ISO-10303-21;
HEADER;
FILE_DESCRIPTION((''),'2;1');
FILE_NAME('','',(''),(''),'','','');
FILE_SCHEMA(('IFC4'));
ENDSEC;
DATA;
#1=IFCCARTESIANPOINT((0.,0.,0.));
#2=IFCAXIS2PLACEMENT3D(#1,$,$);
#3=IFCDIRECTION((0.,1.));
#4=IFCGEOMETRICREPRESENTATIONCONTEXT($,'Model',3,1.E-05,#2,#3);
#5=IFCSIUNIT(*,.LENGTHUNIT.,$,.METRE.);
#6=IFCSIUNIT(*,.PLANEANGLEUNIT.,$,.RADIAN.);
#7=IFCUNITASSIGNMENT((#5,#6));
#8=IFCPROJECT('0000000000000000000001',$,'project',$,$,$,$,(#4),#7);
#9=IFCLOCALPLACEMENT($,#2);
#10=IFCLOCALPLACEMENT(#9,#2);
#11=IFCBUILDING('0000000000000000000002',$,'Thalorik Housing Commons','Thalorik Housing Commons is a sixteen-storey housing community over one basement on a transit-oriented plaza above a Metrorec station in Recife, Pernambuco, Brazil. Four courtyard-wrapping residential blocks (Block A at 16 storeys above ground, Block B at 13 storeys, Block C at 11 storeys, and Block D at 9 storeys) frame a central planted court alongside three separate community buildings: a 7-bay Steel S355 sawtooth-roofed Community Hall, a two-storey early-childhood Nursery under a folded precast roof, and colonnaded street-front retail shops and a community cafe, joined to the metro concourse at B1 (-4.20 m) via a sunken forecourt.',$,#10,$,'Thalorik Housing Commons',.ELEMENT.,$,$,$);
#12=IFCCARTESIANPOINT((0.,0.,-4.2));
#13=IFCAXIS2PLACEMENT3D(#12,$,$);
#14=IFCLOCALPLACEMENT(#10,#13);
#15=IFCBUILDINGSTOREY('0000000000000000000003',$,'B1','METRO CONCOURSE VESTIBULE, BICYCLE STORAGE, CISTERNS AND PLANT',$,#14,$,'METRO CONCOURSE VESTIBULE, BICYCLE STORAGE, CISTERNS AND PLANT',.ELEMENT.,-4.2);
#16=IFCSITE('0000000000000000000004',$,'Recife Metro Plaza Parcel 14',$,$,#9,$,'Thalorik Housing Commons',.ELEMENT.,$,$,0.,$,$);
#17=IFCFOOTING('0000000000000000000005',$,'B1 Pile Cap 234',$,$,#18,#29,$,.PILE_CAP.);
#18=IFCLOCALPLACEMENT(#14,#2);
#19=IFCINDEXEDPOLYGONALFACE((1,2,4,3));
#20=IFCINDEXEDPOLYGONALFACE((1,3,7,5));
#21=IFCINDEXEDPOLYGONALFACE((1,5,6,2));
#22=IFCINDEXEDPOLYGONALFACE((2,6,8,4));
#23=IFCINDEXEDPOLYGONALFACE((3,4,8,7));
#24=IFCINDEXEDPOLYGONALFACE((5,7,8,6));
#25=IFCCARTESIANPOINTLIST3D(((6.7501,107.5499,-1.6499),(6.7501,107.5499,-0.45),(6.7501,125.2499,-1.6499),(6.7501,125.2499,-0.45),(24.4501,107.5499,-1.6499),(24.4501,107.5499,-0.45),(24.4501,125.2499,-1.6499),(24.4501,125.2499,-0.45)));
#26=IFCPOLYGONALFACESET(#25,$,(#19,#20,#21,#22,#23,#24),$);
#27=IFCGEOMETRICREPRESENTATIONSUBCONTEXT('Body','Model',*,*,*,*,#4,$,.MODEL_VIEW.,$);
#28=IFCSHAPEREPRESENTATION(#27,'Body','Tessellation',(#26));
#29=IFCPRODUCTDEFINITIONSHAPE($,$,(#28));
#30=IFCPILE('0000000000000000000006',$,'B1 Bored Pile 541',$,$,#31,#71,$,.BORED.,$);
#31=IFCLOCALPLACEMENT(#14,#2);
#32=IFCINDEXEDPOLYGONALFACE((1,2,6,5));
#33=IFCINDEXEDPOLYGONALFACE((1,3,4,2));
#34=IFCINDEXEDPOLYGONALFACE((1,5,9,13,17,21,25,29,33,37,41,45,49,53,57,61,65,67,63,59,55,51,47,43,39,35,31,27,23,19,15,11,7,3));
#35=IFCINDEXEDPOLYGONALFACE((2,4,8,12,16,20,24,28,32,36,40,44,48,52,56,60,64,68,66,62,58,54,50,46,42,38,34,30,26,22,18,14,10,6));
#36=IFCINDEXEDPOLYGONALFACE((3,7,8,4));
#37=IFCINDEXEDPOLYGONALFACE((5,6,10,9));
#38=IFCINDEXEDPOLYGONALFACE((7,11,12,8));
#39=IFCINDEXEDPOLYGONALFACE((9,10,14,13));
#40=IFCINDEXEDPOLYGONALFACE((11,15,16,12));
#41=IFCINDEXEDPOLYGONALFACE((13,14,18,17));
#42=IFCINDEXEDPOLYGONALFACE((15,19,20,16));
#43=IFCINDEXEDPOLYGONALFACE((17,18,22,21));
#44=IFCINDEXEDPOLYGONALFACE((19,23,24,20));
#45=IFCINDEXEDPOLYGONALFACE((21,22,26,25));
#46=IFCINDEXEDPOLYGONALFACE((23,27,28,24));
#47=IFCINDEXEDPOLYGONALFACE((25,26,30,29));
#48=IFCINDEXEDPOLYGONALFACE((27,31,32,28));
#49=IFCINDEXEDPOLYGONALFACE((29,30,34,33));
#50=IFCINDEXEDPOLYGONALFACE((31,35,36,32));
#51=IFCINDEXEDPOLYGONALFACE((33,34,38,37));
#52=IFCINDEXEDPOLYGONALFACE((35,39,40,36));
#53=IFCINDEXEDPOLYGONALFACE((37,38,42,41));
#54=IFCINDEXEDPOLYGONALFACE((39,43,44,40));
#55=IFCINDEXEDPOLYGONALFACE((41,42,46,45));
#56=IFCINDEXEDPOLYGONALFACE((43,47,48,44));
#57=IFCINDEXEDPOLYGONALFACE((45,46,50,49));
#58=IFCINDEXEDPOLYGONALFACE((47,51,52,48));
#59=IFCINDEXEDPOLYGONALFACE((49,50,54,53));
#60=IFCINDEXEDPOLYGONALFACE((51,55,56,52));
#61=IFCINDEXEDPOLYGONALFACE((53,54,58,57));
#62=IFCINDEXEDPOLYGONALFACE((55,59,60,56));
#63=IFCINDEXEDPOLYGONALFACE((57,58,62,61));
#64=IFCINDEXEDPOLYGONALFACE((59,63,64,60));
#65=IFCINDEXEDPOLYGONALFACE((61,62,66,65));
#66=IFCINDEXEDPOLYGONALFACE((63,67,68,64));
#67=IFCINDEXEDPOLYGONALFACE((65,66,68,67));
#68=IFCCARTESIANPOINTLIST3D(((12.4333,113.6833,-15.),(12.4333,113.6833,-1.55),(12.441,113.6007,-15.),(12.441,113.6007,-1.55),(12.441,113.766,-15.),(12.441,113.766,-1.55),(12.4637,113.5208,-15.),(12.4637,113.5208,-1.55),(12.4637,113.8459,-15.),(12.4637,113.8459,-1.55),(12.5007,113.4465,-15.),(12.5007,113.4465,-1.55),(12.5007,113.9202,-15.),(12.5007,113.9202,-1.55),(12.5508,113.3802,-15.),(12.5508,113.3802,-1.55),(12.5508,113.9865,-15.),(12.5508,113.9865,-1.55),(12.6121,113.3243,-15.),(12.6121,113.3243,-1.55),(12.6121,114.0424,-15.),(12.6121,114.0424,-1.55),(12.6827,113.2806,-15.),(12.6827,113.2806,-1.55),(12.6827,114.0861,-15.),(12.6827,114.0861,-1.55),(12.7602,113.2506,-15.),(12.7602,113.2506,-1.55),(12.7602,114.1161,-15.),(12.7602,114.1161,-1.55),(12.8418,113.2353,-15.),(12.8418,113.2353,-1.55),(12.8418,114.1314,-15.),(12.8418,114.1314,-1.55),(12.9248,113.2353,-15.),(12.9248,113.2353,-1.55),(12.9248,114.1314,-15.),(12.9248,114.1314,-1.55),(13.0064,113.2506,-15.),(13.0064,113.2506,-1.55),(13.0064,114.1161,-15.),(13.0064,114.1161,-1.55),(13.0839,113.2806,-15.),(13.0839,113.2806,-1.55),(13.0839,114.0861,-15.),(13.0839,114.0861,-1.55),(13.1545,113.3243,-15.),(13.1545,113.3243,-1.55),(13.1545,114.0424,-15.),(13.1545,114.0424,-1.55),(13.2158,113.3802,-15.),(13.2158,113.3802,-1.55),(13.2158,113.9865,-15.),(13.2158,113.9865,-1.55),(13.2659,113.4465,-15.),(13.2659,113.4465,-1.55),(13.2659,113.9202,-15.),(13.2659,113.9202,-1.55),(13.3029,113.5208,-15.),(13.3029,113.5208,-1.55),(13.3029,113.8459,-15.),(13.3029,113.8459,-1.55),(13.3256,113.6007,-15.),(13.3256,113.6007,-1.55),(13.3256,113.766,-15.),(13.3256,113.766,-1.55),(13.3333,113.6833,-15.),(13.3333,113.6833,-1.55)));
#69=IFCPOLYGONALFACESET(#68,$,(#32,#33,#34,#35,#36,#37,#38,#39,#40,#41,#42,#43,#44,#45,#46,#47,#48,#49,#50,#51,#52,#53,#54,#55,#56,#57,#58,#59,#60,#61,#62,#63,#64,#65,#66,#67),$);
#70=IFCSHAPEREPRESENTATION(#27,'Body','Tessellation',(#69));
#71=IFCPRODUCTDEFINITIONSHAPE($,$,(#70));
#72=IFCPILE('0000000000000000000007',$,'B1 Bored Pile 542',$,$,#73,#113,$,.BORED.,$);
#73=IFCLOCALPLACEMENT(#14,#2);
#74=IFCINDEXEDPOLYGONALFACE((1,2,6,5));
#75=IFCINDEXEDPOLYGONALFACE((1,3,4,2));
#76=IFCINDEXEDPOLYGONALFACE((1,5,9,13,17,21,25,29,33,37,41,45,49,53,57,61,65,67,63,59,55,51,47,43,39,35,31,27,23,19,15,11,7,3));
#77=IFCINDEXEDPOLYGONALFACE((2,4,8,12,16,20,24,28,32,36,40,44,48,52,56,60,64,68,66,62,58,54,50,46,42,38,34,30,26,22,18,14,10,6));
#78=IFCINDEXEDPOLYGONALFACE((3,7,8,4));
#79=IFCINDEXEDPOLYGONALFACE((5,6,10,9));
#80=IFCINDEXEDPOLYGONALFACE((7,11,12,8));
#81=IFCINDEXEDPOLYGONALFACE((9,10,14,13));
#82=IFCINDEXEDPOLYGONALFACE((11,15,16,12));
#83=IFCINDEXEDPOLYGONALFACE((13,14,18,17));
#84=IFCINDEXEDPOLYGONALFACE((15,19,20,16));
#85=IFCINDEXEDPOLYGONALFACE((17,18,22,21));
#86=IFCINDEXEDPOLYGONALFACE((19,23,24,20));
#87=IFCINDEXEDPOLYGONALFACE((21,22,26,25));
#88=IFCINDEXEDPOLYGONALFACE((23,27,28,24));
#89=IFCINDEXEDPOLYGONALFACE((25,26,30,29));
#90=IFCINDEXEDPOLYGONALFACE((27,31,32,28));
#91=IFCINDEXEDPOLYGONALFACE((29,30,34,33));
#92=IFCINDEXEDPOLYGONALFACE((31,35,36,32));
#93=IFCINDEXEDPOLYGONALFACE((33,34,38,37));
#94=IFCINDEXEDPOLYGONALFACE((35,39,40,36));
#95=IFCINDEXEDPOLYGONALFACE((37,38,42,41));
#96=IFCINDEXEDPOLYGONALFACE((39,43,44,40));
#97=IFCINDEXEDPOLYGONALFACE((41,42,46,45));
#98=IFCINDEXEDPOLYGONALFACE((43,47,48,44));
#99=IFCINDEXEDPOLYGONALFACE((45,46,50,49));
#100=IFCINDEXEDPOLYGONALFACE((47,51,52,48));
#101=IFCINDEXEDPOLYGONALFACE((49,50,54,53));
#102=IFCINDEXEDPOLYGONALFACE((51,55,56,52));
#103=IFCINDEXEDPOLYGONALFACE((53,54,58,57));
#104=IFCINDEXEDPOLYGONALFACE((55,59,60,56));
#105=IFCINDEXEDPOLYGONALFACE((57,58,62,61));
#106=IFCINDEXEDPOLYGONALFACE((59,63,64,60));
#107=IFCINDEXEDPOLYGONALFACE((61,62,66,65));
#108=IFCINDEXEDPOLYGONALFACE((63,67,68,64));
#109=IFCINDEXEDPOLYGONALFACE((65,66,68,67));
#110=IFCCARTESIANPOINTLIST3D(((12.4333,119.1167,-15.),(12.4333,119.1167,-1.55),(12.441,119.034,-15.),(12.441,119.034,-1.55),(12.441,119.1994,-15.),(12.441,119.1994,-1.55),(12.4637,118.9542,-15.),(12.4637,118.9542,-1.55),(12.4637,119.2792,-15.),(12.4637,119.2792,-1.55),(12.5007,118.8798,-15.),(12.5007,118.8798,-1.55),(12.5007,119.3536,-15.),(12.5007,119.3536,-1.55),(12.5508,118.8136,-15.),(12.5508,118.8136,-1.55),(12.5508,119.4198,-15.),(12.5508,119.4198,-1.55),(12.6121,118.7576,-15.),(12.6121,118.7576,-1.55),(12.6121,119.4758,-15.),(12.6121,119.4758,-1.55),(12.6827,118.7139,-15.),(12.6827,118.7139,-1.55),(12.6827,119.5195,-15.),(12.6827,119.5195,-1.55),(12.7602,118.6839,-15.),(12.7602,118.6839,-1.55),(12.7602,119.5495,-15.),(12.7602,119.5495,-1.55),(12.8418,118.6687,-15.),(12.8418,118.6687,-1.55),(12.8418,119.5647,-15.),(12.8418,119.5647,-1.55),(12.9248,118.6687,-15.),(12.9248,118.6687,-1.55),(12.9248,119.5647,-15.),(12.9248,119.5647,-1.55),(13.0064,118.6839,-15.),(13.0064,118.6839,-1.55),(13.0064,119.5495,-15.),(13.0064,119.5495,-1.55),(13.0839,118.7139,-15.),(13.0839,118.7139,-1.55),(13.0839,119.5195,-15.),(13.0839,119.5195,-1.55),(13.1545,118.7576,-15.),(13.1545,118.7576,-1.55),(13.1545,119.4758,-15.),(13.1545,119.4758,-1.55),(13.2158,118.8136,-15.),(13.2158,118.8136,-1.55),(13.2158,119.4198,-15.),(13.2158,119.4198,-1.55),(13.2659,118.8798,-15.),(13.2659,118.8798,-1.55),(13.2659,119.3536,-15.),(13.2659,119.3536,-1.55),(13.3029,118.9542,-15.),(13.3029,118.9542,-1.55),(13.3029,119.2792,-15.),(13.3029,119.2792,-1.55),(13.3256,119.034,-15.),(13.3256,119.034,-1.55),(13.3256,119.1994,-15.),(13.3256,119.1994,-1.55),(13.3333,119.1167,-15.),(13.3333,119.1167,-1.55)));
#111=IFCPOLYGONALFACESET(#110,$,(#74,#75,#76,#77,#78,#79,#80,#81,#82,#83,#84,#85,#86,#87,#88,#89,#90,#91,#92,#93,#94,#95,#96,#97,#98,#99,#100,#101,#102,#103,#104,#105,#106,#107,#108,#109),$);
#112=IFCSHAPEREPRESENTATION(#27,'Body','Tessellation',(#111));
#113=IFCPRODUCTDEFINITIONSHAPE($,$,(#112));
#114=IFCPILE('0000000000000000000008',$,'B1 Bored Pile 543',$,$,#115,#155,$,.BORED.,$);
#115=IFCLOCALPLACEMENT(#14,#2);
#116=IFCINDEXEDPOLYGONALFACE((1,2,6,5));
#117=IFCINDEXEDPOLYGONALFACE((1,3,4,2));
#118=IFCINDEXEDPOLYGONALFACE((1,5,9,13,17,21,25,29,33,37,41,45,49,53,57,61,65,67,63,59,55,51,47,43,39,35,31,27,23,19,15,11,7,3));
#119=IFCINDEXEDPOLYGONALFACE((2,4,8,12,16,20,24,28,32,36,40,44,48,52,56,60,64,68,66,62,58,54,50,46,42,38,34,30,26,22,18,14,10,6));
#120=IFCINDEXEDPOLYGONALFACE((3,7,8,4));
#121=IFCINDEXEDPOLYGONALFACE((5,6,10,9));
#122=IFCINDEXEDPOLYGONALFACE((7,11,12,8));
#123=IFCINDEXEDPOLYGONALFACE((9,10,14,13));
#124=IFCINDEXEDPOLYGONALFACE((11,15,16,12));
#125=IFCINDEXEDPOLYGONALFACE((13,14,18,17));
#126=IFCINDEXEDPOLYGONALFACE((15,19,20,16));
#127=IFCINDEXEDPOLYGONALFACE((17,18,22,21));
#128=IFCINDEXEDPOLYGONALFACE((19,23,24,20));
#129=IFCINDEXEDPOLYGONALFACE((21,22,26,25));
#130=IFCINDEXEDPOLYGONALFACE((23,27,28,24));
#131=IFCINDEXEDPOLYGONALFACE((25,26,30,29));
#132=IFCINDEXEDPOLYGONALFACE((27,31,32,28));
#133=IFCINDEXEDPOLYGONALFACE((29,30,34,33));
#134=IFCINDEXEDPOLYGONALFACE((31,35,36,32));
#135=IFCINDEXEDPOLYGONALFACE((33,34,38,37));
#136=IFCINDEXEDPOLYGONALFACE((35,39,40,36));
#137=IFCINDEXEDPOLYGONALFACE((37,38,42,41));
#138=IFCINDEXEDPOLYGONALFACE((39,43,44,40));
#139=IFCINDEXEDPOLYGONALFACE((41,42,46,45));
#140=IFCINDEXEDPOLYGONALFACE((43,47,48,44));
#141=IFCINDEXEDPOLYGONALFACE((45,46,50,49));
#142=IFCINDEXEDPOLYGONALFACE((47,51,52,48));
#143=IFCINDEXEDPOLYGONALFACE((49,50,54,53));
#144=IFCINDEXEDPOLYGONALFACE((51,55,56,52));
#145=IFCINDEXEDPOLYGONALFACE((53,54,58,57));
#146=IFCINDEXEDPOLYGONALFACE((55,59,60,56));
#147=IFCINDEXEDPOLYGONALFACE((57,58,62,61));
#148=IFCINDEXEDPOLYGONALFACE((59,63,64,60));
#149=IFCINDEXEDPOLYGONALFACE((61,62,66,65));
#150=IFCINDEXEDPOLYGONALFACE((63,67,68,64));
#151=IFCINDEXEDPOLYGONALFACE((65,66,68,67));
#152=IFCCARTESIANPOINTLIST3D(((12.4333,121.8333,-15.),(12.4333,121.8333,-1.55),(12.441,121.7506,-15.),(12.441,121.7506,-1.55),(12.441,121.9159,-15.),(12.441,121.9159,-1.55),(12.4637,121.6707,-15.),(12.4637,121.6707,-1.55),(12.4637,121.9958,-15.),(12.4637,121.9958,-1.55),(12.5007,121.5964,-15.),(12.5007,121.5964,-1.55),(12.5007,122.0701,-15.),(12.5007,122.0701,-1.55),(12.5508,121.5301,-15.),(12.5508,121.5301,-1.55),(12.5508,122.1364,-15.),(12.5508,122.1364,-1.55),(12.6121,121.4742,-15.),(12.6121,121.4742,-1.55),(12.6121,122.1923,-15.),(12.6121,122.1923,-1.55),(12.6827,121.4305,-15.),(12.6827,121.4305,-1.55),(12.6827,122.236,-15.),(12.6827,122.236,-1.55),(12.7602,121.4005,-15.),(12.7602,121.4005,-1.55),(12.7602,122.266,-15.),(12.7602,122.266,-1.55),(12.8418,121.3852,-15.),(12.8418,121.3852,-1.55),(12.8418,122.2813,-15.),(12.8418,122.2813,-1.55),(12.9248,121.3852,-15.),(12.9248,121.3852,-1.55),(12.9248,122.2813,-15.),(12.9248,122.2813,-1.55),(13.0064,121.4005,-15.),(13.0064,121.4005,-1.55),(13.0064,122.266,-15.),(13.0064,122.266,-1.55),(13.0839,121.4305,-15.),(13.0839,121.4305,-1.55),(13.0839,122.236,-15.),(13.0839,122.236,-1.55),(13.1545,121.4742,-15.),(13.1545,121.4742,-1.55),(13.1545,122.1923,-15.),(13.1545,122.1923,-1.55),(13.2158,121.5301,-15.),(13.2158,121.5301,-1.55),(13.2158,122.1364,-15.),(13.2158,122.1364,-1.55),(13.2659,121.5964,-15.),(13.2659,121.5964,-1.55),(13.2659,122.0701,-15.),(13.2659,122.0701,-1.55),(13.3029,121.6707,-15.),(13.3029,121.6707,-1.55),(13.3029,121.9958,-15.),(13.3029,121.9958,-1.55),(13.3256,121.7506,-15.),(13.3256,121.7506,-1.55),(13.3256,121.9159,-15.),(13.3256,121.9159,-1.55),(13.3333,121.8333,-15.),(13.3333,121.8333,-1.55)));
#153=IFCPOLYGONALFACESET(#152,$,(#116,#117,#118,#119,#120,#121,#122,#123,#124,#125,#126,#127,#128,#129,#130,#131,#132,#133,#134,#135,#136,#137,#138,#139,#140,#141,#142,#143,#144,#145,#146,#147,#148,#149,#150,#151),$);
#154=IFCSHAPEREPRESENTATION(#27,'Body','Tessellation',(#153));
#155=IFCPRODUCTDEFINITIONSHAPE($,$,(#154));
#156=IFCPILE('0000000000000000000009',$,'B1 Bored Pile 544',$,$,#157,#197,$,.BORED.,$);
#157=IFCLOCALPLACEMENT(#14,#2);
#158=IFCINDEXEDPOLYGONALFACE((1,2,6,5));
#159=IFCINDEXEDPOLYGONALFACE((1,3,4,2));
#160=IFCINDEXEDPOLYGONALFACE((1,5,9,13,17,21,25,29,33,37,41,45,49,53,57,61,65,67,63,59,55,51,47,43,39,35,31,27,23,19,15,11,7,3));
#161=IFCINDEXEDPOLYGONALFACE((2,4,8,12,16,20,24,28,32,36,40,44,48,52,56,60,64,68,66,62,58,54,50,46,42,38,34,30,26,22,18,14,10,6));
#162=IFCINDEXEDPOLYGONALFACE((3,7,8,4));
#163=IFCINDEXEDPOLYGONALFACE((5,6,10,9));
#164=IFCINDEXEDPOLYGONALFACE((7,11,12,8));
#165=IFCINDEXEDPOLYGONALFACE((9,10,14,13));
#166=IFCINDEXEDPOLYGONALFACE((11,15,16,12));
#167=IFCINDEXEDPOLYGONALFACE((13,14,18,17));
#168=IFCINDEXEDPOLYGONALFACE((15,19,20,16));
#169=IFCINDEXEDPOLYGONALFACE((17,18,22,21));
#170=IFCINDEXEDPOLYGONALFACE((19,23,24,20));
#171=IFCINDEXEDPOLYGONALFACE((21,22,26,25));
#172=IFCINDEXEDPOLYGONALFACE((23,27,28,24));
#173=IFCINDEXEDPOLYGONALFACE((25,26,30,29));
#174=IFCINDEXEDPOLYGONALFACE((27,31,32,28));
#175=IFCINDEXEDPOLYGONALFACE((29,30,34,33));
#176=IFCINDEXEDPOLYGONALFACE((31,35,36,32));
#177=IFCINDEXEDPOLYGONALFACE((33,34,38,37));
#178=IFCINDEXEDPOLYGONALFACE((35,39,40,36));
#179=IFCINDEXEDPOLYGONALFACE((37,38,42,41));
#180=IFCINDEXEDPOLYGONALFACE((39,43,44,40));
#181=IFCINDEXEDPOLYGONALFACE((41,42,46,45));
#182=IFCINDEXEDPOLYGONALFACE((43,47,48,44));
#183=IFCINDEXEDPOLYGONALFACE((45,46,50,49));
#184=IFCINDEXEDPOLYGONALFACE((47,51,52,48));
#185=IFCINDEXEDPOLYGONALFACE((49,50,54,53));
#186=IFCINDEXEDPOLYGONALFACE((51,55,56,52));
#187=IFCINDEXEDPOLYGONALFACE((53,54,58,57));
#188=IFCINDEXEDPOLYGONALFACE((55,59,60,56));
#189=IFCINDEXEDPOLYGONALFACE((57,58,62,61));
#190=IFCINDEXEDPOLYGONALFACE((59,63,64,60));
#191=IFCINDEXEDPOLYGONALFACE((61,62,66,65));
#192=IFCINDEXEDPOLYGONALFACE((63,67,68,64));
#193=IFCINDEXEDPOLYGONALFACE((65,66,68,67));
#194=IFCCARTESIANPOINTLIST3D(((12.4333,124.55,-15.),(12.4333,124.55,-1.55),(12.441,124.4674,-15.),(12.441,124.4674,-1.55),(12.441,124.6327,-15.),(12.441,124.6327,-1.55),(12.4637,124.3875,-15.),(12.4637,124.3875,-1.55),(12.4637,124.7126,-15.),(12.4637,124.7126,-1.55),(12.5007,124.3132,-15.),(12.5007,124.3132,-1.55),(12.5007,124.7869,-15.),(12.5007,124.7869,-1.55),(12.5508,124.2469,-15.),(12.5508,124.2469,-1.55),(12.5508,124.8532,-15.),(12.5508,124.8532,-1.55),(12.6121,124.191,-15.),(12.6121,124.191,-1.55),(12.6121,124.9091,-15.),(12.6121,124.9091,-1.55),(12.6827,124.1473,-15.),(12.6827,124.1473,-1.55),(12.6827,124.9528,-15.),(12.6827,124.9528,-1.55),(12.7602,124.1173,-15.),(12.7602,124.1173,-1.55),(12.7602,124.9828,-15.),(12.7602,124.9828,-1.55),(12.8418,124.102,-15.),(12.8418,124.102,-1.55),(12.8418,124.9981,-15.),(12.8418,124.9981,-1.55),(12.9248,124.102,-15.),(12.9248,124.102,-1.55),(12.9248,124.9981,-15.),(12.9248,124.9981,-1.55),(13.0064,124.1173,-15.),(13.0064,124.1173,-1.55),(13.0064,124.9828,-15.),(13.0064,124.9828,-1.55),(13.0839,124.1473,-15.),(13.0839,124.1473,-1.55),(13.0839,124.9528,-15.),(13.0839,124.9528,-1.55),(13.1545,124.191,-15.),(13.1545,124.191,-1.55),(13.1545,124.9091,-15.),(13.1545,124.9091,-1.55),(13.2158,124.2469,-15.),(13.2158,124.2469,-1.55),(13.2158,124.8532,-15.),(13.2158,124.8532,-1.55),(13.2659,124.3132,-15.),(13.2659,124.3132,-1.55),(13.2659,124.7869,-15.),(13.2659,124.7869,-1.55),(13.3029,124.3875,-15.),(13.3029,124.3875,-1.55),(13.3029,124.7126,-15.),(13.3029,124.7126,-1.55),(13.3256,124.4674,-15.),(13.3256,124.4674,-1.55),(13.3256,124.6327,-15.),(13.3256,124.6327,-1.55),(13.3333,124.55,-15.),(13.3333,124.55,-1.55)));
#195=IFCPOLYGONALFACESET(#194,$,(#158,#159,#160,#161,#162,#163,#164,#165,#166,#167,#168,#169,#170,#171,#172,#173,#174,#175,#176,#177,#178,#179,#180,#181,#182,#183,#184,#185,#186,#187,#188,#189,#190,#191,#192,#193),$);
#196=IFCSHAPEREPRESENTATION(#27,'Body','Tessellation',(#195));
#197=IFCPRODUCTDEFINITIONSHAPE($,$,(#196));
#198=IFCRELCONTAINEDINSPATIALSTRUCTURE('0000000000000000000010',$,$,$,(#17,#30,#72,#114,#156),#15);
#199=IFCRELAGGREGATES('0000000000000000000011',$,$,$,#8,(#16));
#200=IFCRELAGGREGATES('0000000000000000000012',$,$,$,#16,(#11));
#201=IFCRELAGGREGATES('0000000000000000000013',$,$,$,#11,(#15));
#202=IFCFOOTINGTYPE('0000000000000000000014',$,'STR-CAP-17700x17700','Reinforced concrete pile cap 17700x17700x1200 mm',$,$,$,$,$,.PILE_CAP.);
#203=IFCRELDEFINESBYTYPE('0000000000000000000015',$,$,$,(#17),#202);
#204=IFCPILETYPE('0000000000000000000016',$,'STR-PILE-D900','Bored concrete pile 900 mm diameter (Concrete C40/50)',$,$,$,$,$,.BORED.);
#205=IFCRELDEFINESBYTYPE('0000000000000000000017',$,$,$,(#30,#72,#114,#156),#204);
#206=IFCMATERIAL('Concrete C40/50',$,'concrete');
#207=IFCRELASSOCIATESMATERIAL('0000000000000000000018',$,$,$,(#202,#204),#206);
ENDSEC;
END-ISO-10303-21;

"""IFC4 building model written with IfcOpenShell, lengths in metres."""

from ifc_helpers import new_model, si_unit, direction, frame, origin, origin_2d, place, context, subcontext, project, spatial, rectangle, circle, extrude, material, material_profile, profile_set, type_object, element, save


model = new_model("IFC4")

# Units and contexts
model_context = context("Model", 3, precision=1e-05, world=origin(), true_north=direction((0.0, 1.0)))
body_context = subcontext(model_context, "Body", "Model", "MODEL_VIEW")
ifc_project = project(units=[si_unit("LENGTHUNIT", "METRE"), si_unit("PLANEANGLEUNIT", "RADIAN")], contexts=[model_context])

# Site, building, storey
site_placement = place(None, origin())
site = spatial("IfcSite", under=ifc_project, at=site_placement, Name="Recife Metro Plaza Parcel 14", LongName="Thalorik Housing Commons", CompositionType="ELEMENT", RefElevation=0.0)
building_placement = place(site_placement, origin())
building = spatial("IfcBuilding", under=site, at=building_placement, Name="Thalorik Housing Commons", Description="Thalorik Housing Commons is a sixteen-storey housing community over one basement on a transit-oriented plaza above a Metrorec station in Recife, Pernambuco, Brazil. Four courtyard-wrapping residential blocks (Block A at 16 storeys above ground, Block B at 13 storeys, Block C at 11 storeys, and Block D at 9 storeys) frame a central planted court alongside three separate community buildings: a 7-bay Steel S355 sawtooth-roofed Community Hall, a two-storey early-childhood Nursery under a folded precast roof, and colonnaded street-front retail shops and a community cafe, joined to the metro concourse at B1 (-4.20 m) via a sunken forecourt.", LongName="Thalorik Housing Commons", CompositionType="ELEMENT")
storey_placement = place(building_placement, frame((0.0, 0.0, -4.2)))
storey = spatial("IfcBuildingStorey", under=building, at=storey_placement, Name="B1", Description="METRO CONCOURSE VESTIBULE, BICYCLE STORAGE, CISTERNS AND PLANT", LongName="METRO CONCOURSE VESTIBULE, BICYCLE STORAGE, CISTERNS AND PLANT", CompositionType="ELEMENT", Elevation=-4.2)

# Footing
ifc_material_1 = material(Name="Concrete C40/50", Category="concrete")
footing_type = type_object("IfcFootingType", Name="STR-CAP-17700x17700", Description="Reinforced concrete pile cap 17700x17700x1200 mm", PredefinedType="PILE_CAP", material=ifc_material_1)
footing_placement = place(storey_placement, frame((15.6001, 116.3999, -1.6499), z_axis=(0.0, 0.0, 1.0), x_axis=(1.0, 0.0, 0.0)))
element("IfcFooting", 1, at=footing_placement, inside=storey, type_object=footing_type, Name="B1 Pile Cap 234", PredefinedType="PILE_CAP", context=body_context, shape_type="SweptSolid", body=[
    extrude(rectangle(XDim=17.7, YDim=17.7, at=origin_2d()), origin(), (0.0, 0.0, 1.0), 1.2),
])

# Piles
ifc_material_profile_1 = material_profile(ifc_material_1, circle(Radius=0.45, at=origin_2d()), Name="BORED PILE D900", Category="concrete")
ifc_profile_set_1 = profile_set([ifc_material_profile_1], Name="Concrete C40/50")
pile_type = type_object("IfcPileType", Name="STR-PILE-D900", Description="Bored concrete pile 900 mm diameter (Concrete C40/50)", PredefinedType="BORED", material=ifc_profile_set_1)
for number, where, z_axis, x_axis, name in (
    (2, (12.8833, 113.6833, -1.55), (0.0, 0.0, -1.0), (1.0, 0.0, 0.0), "B1 Bored Pile 541"),
    (3, (12.8833, 119.1167, -1.55), (0.0, 0.0, -1.0), (1.0, 0.0, 0.0), "B1 Bored Pile 542"),
    (4, (12.8833, 121.8333, -1.55), (0.0, 0.0, -1.0), (1.0, 0.0, 0.0), "B1 Bored Pile 543"),
    (5, (12.8833, 124.55, -1.55), (0.0, 0.0, -1.0), (1.0, 0.0, 0.0), "B1 Bored Pile 544"),
):
    element("IfcPile", number, at=place(storey_placement, frame(where, z_axis=z_axis, x_axis=x_axis)), inside=storey, type_object=pile_type, Name=name, PredefinedType="BORED", context=body_context, shape_type="SweptSolid", body=[
        extrude(circle(Radius=0.45, at=origin_2d()), origin(), (0.0, 0.0, 1.0), 13.45),
    ])

save(model, "model.ifc")
